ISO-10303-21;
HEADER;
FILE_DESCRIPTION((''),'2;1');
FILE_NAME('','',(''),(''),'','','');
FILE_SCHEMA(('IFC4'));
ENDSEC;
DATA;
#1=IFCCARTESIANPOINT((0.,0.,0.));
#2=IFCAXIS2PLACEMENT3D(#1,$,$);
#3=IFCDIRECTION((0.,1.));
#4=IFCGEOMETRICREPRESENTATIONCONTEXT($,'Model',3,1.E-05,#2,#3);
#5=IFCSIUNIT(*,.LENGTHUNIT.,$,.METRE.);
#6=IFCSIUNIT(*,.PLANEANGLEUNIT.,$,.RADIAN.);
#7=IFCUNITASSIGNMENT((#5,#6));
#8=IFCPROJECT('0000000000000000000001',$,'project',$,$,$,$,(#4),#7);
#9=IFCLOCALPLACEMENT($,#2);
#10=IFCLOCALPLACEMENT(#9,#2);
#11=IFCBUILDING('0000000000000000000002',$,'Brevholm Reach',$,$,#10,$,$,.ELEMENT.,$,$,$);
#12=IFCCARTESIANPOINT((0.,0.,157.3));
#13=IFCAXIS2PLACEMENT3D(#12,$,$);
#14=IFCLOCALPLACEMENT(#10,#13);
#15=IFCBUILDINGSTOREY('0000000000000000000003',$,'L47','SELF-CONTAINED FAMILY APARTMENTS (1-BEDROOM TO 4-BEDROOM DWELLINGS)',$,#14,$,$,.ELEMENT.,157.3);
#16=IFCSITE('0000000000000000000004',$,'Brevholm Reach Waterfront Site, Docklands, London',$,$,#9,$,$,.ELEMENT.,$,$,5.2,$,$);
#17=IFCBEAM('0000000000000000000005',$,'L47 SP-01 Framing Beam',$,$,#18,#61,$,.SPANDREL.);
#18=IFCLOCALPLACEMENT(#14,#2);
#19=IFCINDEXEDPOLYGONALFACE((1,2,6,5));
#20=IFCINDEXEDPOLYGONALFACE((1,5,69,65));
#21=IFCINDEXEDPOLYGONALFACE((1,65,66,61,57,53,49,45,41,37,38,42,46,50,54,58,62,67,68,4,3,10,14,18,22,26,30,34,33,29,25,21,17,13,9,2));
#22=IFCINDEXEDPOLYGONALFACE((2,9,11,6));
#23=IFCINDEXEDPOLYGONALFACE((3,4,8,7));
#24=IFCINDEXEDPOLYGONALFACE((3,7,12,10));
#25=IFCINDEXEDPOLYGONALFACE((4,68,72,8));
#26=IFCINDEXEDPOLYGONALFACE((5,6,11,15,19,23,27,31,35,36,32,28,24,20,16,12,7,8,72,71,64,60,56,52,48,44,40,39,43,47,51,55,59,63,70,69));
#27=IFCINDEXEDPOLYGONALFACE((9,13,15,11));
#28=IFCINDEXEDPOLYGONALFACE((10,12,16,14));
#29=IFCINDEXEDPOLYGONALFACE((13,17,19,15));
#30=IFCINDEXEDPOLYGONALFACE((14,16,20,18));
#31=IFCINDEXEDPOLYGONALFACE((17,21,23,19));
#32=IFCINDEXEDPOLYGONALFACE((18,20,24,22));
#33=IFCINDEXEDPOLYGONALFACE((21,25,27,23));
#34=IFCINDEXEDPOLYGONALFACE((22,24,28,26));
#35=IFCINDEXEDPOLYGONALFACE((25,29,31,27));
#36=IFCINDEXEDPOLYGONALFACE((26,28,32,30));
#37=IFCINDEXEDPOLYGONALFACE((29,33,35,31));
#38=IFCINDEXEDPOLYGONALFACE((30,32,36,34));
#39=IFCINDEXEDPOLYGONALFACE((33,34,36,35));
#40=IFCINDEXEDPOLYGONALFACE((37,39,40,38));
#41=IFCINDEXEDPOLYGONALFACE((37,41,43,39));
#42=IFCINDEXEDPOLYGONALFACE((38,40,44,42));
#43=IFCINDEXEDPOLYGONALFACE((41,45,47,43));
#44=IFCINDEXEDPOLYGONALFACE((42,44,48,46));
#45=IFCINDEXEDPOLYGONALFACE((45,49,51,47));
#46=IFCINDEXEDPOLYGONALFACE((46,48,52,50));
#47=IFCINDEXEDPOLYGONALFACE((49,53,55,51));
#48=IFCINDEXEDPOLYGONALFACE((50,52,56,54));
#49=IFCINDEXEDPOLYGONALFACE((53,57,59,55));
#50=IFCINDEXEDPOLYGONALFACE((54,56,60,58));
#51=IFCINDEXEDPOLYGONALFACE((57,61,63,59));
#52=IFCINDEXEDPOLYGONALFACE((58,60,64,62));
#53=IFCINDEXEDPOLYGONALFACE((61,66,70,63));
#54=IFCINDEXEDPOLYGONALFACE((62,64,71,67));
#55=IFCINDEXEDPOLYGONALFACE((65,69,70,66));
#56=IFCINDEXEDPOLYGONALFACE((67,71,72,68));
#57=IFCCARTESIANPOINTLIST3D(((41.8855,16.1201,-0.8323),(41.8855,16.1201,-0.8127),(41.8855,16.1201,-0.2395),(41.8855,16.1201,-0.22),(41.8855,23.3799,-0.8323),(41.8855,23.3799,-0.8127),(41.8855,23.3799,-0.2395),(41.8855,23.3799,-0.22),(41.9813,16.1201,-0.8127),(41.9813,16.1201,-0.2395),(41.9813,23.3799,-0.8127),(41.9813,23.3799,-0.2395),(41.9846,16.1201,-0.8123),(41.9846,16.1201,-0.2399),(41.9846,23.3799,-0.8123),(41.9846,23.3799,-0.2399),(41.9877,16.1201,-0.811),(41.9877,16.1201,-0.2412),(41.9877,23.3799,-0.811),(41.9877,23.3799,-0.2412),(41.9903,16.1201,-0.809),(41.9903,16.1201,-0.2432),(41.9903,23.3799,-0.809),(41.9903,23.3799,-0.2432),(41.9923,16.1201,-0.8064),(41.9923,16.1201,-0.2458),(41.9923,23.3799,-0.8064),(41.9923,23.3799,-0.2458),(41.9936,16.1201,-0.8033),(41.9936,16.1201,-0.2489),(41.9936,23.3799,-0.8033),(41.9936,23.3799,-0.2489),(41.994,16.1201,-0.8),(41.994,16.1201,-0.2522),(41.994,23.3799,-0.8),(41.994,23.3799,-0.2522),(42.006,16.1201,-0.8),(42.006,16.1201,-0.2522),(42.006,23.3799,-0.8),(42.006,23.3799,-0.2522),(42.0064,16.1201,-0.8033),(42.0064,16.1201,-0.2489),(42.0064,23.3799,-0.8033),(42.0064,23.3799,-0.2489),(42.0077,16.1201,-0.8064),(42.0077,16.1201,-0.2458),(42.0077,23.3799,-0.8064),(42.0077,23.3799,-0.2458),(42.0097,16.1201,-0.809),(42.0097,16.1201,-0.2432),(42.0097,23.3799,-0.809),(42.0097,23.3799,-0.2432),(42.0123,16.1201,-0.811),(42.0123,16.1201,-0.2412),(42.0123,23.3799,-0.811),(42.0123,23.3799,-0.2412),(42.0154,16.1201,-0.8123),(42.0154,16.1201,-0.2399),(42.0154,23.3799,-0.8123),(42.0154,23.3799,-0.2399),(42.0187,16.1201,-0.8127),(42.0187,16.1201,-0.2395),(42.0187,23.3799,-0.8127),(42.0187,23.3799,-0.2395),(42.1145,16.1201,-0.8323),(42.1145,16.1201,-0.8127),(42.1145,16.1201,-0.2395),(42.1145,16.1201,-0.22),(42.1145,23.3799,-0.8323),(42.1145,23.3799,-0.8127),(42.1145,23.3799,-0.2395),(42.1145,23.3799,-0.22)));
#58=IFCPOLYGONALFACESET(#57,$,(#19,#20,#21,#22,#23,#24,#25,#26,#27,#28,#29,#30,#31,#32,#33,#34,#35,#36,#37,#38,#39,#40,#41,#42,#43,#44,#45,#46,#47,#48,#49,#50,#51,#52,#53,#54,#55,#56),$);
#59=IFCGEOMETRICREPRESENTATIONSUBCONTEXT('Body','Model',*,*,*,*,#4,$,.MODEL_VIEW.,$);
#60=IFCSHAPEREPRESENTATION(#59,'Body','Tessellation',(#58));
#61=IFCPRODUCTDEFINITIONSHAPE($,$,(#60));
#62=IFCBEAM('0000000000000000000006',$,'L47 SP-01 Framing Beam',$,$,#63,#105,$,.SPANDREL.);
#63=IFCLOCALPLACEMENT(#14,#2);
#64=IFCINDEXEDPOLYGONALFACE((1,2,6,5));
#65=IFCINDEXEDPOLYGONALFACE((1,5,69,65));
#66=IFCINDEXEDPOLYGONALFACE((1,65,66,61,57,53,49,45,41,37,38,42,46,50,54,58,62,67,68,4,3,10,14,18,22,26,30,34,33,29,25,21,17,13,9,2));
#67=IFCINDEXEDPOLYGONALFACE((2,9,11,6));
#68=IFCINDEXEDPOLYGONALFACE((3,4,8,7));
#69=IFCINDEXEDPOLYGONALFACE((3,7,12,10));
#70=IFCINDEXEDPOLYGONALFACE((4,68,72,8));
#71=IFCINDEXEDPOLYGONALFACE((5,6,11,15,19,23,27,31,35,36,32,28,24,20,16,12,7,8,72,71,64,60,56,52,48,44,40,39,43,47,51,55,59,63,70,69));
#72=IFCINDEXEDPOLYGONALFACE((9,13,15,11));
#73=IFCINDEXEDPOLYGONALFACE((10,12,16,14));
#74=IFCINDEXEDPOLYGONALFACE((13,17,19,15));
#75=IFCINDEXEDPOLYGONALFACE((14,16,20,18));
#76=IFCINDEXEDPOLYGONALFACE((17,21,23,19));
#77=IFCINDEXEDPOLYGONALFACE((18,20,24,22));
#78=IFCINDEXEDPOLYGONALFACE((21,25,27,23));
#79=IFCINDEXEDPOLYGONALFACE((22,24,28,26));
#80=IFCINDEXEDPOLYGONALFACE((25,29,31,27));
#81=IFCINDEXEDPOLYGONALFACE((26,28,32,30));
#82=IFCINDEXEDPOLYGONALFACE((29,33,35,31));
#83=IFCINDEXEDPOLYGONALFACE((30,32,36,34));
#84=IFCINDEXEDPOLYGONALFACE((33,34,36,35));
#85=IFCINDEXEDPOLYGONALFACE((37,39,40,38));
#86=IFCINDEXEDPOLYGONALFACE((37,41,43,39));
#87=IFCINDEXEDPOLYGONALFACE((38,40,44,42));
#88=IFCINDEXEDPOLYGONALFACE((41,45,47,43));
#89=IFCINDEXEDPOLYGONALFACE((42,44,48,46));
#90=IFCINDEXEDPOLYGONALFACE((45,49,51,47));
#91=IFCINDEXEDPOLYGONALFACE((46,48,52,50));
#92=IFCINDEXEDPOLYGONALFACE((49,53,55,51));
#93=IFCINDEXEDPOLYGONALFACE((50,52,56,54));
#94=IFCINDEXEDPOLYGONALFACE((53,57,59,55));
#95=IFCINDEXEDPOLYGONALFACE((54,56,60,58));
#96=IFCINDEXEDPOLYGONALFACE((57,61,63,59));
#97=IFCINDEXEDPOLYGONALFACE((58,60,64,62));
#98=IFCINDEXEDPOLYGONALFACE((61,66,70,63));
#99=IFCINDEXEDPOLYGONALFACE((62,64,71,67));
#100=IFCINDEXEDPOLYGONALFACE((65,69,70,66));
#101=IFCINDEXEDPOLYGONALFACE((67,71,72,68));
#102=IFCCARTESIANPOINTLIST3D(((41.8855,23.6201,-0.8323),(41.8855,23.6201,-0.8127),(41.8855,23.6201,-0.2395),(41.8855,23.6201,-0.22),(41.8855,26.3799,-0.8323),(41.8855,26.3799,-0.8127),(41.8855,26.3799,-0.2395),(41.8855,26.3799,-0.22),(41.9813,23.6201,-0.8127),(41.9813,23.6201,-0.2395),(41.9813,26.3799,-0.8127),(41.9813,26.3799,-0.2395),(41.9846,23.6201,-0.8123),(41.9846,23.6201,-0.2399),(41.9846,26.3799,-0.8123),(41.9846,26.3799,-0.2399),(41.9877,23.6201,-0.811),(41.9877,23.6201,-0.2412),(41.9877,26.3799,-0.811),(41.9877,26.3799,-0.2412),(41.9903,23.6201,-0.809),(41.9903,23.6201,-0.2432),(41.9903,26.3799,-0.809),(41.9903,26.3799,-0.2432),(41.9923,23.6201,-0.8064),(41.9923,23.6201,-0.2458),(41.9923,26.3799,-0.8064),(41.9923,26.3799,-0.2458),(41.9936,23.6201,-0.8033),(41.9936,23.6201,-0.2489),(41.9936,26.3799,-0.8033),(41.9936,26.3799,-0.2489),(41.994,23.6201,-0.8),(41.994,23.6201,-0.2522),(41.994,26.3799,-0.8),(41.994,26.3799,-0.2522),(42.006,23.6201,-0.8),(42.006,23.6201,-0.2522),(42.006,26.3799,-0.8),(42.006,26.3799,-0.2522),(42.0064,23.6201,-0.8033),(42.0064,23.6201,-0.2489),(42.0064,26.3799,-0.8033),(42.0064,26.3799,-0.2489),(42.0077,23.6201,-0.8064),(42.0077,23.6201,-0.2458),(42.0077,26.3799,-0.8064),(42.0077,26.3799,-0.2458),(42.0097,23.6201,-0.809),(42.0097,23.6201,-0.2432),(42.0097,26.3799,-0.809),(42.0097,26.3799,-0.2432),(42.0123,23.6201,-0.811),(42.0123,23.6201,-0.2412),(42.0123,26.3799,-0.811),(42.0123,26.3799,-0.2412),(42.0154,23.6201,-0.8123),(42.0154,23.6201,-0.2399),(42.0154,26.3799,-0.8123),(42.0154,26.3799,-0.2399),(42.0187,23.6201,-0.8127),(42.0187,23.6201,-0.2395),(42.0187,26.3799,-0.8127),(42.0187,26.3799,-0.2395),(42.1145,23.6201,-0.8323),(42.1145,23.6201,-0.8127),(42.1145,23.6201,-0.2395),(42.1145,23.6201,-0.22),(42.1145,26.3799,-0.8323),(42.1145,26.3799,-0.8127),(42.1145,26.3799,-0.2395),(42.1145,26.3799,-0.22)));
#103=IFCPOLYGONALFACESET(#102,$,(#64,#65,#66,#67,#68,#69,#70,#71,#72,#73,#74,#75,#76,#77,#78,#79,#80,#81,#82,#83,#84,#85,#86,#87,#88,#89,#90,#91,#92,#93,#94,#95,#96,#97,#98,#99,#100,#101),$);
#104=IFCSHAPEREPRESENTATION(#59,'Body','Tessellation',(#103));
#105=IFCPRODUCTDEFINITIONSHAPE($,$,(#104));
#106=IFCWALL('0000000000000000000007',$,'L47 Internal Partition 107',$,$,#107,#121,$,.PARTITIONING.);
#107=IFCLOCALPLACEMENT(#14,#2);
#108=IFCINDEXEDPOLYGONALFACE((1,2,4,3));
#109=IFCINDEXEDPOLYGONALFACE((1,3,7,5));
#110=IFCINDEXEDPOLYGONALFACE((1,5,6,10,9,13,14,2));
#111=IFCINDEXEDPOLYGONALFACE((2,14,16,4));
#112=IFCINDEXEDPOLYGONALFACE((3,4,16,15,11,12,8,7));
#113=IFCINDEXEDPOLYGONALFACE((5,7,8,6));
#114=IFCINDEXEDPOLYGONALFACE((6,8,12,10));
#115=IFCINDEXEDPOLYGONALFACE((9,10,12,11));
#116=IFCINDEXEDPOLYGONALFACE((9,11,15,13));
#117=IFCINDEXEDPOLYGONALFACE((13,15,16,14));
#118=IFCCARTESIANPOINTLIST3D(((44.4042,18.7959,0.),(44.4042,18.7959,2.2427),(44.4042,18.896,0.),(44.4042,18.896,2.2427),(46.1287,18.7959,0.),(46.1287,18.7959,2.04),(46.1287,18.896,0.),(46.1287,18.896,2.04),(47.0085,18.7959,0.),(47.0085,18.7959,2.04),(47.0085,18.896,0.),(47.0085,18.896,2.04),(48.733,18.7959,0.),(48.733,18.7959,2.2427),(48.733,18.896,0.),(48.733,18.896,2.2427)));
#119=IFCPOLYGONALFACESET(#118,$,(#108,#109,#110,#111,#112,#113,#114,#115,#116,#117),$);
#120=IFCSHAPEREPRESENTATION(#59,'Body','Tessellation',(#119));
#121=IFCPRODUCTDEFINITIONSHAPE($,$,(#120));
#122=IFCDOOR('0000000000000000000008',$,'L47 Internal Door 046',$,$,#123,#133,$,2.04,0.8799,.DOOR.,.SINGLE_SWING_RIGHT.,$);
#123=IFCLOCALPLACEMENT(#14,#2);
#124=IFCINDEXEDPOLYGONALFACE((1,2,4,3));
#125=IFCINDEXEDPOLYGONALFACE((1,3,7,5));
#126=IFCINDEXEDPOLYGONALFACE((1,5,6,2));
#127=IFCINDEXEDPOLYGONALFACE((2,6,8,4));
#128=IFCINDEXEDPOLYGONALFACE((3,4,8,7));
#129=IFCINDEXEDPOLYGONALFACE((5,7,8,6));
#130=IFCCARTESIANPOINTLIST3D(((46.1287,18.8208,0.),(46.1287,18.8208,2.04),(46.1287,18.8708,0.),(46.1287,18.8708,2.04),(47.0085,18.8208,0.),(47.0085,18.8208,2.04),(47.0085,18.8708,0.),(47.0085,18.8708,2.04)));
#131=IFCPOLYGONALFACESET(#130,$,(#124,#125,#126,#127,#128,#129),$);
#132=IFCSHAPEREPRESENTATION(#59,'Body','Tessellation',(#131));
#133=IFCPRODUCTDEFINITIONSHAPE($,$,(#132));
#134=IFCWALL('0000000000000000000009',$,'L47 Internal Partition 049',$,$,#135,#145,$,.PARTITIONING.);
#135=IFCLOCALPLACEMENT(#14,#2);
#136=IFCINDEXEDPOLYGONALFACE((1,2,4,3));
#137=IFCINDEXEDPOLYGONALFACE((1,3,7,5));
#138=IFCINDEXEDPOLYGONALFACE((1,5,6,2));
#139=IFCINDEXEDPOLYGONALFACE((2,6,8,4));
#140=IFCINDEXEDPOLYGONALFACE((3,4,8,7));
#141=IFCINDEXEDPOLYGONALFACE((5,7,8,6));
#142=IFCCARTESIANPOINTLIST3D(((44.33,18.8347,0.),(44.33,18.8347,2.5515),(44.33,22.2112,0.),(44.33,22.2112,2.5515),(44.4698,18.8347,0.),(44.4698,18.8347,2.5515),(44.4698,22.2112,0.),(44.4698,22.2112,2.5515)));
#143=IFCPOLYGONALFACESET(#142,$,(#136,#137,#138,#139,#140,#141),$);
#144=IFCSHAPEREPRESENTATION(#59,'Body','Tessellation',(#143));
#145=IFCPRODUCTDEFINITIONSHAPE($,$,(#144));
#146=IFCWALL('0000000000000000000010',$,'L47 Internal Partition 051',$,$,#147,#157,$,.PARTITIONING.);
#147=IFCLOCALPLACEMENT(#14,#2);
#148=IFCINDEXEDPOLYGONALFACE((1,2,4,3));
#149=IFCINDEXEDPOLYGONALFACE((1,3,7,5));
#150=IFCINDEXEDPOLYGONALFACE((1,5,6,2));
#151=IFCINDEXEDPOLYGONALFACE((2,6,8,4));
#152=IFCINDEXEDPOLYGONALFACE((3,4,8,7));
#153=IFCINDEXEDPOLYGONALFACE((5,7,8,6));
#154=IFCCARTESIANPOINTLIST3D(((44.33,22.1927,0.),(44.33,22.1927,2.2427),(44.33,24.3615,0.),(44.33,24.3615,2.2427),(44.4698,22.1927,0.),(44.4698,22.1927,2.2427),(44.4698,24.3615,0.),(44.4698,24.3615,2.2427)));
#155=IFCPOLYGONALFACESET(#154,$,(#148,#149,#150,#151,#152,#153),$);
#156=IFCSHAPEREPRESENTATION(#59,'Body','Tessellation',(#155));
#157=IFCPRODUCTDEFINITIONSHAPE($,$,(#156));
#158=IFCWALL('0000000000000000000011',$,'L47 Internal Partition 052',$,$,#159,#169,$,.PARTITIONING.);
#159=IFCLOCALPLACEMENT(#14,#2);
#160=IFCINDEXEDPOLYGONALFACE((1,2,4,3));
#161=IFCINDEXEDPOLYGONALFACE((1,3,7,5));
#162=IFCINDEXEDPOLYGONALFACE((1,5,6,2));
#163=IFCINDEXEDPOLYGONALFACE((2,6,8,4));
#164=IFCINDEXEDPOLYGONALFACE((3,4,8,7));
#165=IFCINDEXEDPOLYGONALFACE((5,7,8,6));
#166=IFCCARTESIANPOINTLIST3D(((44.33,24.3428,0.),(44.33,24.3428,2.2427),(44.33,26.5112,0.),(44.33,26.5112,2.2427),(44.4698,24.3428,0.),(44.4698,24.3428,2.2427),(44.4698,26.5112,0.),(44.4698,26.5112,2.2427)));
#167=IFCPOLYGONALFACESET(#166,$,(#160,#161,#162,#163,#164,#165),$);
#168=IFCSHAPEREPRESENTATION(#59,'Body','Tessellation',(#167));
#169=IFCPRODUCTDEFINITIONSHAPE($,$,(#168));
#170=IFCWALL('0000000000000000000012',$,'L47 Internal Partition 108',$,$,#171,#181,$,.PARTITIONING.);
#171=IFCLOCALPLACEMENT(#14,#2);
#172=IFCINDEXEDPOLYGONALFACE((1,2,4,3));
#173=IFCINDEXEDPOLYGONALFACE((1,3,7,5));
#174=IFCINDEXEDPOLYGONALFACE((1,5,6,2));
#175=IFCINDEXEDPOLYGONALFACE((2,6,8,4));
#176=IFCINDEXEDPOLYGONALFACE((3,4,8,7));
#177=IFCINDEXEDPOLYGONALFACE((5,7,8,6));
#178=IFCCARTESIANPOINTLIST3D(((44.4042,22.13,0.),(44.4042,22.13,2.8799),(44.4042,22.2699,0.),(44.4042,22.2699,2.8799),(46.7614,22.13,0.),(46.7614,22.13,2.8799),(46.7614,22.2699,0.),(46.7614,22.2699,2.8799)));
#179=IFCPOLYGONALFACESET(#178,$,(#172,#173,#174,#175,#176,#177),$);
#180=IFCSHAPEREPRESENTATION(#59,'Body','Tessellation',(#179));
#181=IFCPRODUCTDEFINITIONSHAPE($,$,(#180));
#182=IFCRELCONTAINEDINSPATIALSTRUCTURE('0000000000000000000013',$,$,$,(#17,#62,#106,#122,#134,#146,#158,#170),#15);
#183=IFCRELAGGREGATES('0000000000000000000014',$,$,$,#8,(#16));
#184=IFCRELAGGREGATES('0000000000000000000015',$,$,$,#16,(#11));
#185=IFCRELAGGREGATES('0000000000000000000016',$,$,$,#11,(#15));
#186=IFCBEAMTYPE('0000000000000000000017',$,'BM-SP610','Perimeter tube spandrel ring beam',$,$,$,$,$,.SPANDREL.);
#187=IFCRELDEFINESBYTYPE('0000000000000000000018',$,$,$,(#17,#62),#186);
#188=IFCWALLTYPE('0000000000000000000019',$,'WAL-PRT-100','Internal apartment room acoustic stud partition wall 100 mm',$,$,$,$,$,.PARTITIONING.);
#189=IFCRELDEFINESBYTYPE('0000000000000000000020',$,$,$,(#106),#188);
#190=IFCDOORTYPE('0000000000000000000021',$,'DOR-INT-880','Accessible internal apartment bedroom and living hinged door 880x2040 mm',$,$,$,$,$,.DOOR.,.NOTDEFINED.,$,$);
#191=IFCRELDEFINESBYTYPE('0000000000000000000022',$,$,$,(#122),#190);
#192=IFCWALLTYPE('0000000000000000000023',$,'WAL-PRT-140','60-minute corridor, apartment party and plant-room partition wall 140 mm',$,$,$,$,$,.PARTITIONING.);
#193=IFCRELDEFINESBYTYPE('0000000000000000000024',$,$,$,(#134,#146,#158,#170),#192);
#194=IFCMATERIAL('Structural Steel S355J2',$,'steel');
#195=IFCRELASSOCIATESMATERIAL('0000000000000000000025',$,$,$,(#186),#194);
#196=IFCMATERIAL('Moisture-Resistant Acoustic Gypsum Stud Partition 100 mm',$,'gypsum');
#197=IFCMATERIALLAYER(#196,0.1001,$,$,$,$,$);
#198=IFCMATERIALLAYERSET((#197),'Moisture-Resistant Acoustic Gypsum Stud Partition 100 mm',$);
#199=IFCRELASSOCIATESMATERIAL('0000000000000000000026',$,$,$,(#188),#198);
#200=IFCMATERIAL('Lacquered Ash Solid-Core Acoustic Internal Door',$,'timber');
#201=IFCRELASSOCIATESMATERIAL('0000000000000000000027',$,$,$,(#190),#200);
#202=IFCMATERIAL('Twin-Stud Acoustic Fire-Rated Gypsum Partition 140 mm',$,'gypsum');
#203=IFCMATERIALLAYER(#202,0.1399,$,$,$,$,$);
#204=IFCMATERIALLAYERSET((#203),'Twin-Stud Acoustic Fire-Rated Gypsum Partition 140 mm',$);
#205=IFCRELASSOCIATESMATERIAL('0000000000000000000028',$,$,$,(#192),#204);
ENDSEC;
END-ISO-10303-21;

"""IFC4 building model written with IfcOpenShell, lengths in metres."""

from ifc_helpers import new_model, si_unit, direction, frame, frame_2d, origin, origin_2d, place, context, subcontext, project, spatial, rectangle, i_section, extrude, material, layer, layer_set, material_profile, profile_set, type_object, element, fill, save


model = new_model("IFC4")

# Units and contexts
model_context = context("Model", 3, precision=1e-05, world=origin(), true_north=direction((0.0, 1.0)))
body_context = subcontext(model_context, "Body", "Model", "MODEL_VIEW")
ifc_project = project(units=[si_unit("LENGTHUNIT", "METRE"), si_unit("PLANEANGLEUNIT", "RADIAN")], contexts=[model_context])

# Site, building, storey
site_placement = place(None, origin())
site = spatial("IfcSite", under=ifc_project, at=site_placement, Name="Brevholm Reach Waterfront Site, Docklands, London", CompositionType="ELEMENT", RefElevation=5.2)
building_placement = place(site_placement, origin())
building = spatial("IfcBuilding", under=site, at=building_placement, Name="Brevholm Reach", CompositionType="ELEMENT")
storey_placement = place(building_placement, frame((0.0, 0.0, 157.3)))
storey = spatial("IfcBuildingStorey", under=building, at=storey_placement, Name="L47", Description="SELF-CONTAINED FAMILY APARTMENTS (1-BEDROOM TO 4-BEDROOM DWELLINGS)", CompositionType="ELEMENT", Elevation=157.3)

# Beams
ifc_material_1 = material(Name="Structural Steel S355J2", Category="steel")
ifc_material_profile_1 = material_profile(ifc_material_1, i_section(OverallWidth=0.229, OverallDepth=0.6123, WebThickness=0.012, FlangeThickness=0.0195, FilletRadius=0.0127, at=origin_2d()), Name="UKB 610x229x125")
ifc_profile_set_1 = profile_set([ifc_material_profile_1], Name="Structural Steel S355J2")
beam_type_1 = type_object("IfcBeamType", Name="BM-SP610", Description="Perimeter tube spandrel ring beam", PredefinedType="SPANDREL", material=ifc_profile_set_1)
beam_1_placement = place(storey_placement, frame((42.0, 16.1201, -0.5261), z_axis=(0.0, 1.0, 0.0), x_axis=(-1.0, 0.0, 0.0)))
element("IfcBeam", 1, at=beam_1_placement, inside=storey, type_object=beam_type_1, Name="L47 SP-01 Framing Beam", PredefinedType="SPANDREL", context=body_context, shape_type="SweptSolid", body=[
    extrude(i_section(OverallWidth=0.229, OverallDepth=0.6123, WebThickness=0.012, FlangeThickness=0.0195, FilletRadius=0.0127, at=origin_2d()), origin(), (0.0, 0.0, 1.0), 7.2598),
])
beam_2_placement = place(storey_placement, frame((42.0, 23.6201, -0.5261), z_axis=(0.0, 1.0, 0.0), x_axis=(-1.0, 0.0, 0.0)))
element("IfcBeam", 2, at=beam_2_placement, inside=storey, type_object=beam_type_1, Name="L47 SP-01 Framing Beam", PredefinedType="SPANDREL", context=body_context, shape_type="SweptSolid", body=[
    extrude(i_section(OverallWidth=0.229, OverallDepth=0.6123, WebThickness=0.012, FlangeThickness=0.0195, FilletRadius=0.0127, at=origin_2d()), origin(), (0.0, 0.0, 1.0), 2.7598),
])

# Wall, opening, door
ifc_material_2 = material(Name="Moisture-Resistant Acoustic Gypsum Stud Partition 100 mm", Category="gypsum")
ifc_layer_1 = layer(ifc_material_2, 0.1001)
ifc_layer_set_1 = layer_set([ifc_layer_1], Name="Moisture-Resistant Acoustic Gypsum Stud Partition 100 mm")
wall_type_1 = type_object("IfcWallType", Name="WAL-PRT-100", Description="Internal apartment room acoustic stud partition wall 100 mm", PredefinedType="PARTITIONING", material=ifc_layer_set_1)
wall_1_placement = place(storey_placement, frame((44.4041, 18.8459, 0.0), z_axis=(0.0, 0.0, 1.0), x_axis=(1.0, 0.0, 0.0)))
wall_1 = element("IfcWall", 3, at=wall_1_placement, inside=storey, type_object=wall_type_1, Name="L47 Internal Partition 107", PredefinedType="PARTITIONING", context=body_context, shape_type="SweptSolid", body=[
    extrude(rectangle(XDim=4.3289, YDim=0.1001, at=frame_2d((2.1646, 0.0))), origin(), (0.0, 0.0, 1.0), 2.2427),
])
opening_placement = place(wall_1_placement, frame((1.7246, 0.0, 0.0)))
opening = element("IfcOpeningElement", 4, at=opening_placement, cuts=wall_1, PredefinedType="OPENING", context=body_context, shape_type="SweptSolid", body=[
    extrude(rectangle(XDim=0.8799, YDim=2.04, at=frame_2d((0.4399, 1.02))), frame((0.0, 0.0601, 0.0), z_axis=(0.0, -1.0, 0.0), x_axis=(1.0, 0.0, 0.0)), (0.0, 0.0, 1.0), 0.1201),
])
ifc_material_3 = material(Name="Lacquered Ash Solid-Core Acoustic Internal Door", Category="timber")
door_type = type_object("IfcDoorType", Name="DOR-INT-880", Description="Accessible internal apartment bedroom and living hinged door 880x2040 mm", OperationType="NOTDEFINED", PredefinedType="DOOR", material=ifc_material_3)
door_placement = place(opening_placement, origin())
door = element("IfcDoor", 5, at=door_placement, inside=storey, type_object=door_type, Name="L47 Internal Door 046", OperationType="SINGLE_SWING_RIGHT", OverallHeight=2.04, OverallWidth=0.8799, PredefinedType="DOOR", context=body_context, shape_type="SweptSolid", body=[
    extrude(rectangle(XDim=0.8799, YDim=2.04, at=frame_2d((0.4399, 1.02))), frame((0.0, 0.0249, 0.0), z_axis=(0.0, -1.0, 0.0), x_axis=(1.0, 0.0, 0.0)), (0.0, 0.0, 1.0), 0.05),
])
fill(opening, door)

# Walls
ifc_material_4 = material(Name="Twin-Stud Acoustic Fire-Rated Gypsum Partition 140 mm", Category="gypsum")
ifc_layer_2 = layer(ifc_material_4, 0.1399)
ifc_layer_set_2 = layer_set([ifc_layer_2], Name="Twin-Stud Acoustic Fire-Rated Gypsum Partition 140 mm")
wall_type_2 = type_object("IfcWallType", Name="WAL-PRT-140", Description="60-minute corridor, apartment party and plant-room partition wall 140 mm", PredefinedType="PARTITIONING", material=ifc_layer_set_2)
wall_2_placement = place(storey_placement, frame((44.3999, 18.8347, 0.0), z_axis=(0.0, 0.0, 1.0), x_axis=(0.0, 1.0, 0.0)))
element("IfcWall", 6, at=wall_2_placement, inside=storey, type_object=wall_type_2, Name="L47 Internal Partition 049", PredefinedType="PARTITIONING", context=body_context, shape_type="SweptSolid", body=[
    extrude(rectangle(XDim=3.3765, YDim=0.1399, at=frame_2d((1.6882, 0.0))), origin(), (0.0, 0.0, 1.0), 2.5515),
])
wall_3_placement = place(storey_placement, frame((44.3999, 22.1926, 0.0), z_axis=(0.0, 0.0, 1.0), x_axis=(0.0, 1.0, 0.0)))
element("IfcWall", 7, at=wall_3_placement, inside=storey, type_object=wall_type_2, Name="L47 Internal Partition 051", PredefinedType="PARTITIONING", context=body_context, shape_type="SweptSolid", body=[
    extrude(rectangle(XDim=2.1687, YDim=0.1399, at=frame_2d((1.0845, 0.0))), origin(), (0.0, 0.0, 1.0), 2.2427),
])
wall_4_placement = place(storey_placement, frame((44.3999, 24.3428, 0.0), z_axis=(0.0, 0.0, 1.0), x_axis=(0.0, 1.0, 0.0)))
element("IfcWall", 8, at=wall_4_placement, inside=storey, type_object=wall_type_2, Name="L47 Internal Partition 052", PredefinedType="PARTITIONING", context=body_context, shape_type="SweptSolid", body=[
    extrude(rectangle(XDim=2.1685, YDim=0.1399, at=frame_2d((1.0842, 0.0))), origin(), (0.0, 0.0, 1.0), 2.2427),
])
wall_5_placement = place(storey_placement, frame((44.4041, 22.2, 0.0), z_axis=(0.0, 0.0, 1.0), x_axis=(1.0, 0.0, 0.0)))
element("IfcWall", 9, at=wall_5_placement, inside=storey, type_object=wall_type_2, Name="L47 Internal Partition 108", PredefinedType="PARTITIONING", context=body_context, shape_type="SweptSolid", body=[
    extrude(rectangle(XDim=2.3572, YDim=0.1399, at=frame_2d((1.1787, 0.0))), origin(), (0.0, 0.0, 1.0), 2.8799),
])

save(model, "model.ifc")
